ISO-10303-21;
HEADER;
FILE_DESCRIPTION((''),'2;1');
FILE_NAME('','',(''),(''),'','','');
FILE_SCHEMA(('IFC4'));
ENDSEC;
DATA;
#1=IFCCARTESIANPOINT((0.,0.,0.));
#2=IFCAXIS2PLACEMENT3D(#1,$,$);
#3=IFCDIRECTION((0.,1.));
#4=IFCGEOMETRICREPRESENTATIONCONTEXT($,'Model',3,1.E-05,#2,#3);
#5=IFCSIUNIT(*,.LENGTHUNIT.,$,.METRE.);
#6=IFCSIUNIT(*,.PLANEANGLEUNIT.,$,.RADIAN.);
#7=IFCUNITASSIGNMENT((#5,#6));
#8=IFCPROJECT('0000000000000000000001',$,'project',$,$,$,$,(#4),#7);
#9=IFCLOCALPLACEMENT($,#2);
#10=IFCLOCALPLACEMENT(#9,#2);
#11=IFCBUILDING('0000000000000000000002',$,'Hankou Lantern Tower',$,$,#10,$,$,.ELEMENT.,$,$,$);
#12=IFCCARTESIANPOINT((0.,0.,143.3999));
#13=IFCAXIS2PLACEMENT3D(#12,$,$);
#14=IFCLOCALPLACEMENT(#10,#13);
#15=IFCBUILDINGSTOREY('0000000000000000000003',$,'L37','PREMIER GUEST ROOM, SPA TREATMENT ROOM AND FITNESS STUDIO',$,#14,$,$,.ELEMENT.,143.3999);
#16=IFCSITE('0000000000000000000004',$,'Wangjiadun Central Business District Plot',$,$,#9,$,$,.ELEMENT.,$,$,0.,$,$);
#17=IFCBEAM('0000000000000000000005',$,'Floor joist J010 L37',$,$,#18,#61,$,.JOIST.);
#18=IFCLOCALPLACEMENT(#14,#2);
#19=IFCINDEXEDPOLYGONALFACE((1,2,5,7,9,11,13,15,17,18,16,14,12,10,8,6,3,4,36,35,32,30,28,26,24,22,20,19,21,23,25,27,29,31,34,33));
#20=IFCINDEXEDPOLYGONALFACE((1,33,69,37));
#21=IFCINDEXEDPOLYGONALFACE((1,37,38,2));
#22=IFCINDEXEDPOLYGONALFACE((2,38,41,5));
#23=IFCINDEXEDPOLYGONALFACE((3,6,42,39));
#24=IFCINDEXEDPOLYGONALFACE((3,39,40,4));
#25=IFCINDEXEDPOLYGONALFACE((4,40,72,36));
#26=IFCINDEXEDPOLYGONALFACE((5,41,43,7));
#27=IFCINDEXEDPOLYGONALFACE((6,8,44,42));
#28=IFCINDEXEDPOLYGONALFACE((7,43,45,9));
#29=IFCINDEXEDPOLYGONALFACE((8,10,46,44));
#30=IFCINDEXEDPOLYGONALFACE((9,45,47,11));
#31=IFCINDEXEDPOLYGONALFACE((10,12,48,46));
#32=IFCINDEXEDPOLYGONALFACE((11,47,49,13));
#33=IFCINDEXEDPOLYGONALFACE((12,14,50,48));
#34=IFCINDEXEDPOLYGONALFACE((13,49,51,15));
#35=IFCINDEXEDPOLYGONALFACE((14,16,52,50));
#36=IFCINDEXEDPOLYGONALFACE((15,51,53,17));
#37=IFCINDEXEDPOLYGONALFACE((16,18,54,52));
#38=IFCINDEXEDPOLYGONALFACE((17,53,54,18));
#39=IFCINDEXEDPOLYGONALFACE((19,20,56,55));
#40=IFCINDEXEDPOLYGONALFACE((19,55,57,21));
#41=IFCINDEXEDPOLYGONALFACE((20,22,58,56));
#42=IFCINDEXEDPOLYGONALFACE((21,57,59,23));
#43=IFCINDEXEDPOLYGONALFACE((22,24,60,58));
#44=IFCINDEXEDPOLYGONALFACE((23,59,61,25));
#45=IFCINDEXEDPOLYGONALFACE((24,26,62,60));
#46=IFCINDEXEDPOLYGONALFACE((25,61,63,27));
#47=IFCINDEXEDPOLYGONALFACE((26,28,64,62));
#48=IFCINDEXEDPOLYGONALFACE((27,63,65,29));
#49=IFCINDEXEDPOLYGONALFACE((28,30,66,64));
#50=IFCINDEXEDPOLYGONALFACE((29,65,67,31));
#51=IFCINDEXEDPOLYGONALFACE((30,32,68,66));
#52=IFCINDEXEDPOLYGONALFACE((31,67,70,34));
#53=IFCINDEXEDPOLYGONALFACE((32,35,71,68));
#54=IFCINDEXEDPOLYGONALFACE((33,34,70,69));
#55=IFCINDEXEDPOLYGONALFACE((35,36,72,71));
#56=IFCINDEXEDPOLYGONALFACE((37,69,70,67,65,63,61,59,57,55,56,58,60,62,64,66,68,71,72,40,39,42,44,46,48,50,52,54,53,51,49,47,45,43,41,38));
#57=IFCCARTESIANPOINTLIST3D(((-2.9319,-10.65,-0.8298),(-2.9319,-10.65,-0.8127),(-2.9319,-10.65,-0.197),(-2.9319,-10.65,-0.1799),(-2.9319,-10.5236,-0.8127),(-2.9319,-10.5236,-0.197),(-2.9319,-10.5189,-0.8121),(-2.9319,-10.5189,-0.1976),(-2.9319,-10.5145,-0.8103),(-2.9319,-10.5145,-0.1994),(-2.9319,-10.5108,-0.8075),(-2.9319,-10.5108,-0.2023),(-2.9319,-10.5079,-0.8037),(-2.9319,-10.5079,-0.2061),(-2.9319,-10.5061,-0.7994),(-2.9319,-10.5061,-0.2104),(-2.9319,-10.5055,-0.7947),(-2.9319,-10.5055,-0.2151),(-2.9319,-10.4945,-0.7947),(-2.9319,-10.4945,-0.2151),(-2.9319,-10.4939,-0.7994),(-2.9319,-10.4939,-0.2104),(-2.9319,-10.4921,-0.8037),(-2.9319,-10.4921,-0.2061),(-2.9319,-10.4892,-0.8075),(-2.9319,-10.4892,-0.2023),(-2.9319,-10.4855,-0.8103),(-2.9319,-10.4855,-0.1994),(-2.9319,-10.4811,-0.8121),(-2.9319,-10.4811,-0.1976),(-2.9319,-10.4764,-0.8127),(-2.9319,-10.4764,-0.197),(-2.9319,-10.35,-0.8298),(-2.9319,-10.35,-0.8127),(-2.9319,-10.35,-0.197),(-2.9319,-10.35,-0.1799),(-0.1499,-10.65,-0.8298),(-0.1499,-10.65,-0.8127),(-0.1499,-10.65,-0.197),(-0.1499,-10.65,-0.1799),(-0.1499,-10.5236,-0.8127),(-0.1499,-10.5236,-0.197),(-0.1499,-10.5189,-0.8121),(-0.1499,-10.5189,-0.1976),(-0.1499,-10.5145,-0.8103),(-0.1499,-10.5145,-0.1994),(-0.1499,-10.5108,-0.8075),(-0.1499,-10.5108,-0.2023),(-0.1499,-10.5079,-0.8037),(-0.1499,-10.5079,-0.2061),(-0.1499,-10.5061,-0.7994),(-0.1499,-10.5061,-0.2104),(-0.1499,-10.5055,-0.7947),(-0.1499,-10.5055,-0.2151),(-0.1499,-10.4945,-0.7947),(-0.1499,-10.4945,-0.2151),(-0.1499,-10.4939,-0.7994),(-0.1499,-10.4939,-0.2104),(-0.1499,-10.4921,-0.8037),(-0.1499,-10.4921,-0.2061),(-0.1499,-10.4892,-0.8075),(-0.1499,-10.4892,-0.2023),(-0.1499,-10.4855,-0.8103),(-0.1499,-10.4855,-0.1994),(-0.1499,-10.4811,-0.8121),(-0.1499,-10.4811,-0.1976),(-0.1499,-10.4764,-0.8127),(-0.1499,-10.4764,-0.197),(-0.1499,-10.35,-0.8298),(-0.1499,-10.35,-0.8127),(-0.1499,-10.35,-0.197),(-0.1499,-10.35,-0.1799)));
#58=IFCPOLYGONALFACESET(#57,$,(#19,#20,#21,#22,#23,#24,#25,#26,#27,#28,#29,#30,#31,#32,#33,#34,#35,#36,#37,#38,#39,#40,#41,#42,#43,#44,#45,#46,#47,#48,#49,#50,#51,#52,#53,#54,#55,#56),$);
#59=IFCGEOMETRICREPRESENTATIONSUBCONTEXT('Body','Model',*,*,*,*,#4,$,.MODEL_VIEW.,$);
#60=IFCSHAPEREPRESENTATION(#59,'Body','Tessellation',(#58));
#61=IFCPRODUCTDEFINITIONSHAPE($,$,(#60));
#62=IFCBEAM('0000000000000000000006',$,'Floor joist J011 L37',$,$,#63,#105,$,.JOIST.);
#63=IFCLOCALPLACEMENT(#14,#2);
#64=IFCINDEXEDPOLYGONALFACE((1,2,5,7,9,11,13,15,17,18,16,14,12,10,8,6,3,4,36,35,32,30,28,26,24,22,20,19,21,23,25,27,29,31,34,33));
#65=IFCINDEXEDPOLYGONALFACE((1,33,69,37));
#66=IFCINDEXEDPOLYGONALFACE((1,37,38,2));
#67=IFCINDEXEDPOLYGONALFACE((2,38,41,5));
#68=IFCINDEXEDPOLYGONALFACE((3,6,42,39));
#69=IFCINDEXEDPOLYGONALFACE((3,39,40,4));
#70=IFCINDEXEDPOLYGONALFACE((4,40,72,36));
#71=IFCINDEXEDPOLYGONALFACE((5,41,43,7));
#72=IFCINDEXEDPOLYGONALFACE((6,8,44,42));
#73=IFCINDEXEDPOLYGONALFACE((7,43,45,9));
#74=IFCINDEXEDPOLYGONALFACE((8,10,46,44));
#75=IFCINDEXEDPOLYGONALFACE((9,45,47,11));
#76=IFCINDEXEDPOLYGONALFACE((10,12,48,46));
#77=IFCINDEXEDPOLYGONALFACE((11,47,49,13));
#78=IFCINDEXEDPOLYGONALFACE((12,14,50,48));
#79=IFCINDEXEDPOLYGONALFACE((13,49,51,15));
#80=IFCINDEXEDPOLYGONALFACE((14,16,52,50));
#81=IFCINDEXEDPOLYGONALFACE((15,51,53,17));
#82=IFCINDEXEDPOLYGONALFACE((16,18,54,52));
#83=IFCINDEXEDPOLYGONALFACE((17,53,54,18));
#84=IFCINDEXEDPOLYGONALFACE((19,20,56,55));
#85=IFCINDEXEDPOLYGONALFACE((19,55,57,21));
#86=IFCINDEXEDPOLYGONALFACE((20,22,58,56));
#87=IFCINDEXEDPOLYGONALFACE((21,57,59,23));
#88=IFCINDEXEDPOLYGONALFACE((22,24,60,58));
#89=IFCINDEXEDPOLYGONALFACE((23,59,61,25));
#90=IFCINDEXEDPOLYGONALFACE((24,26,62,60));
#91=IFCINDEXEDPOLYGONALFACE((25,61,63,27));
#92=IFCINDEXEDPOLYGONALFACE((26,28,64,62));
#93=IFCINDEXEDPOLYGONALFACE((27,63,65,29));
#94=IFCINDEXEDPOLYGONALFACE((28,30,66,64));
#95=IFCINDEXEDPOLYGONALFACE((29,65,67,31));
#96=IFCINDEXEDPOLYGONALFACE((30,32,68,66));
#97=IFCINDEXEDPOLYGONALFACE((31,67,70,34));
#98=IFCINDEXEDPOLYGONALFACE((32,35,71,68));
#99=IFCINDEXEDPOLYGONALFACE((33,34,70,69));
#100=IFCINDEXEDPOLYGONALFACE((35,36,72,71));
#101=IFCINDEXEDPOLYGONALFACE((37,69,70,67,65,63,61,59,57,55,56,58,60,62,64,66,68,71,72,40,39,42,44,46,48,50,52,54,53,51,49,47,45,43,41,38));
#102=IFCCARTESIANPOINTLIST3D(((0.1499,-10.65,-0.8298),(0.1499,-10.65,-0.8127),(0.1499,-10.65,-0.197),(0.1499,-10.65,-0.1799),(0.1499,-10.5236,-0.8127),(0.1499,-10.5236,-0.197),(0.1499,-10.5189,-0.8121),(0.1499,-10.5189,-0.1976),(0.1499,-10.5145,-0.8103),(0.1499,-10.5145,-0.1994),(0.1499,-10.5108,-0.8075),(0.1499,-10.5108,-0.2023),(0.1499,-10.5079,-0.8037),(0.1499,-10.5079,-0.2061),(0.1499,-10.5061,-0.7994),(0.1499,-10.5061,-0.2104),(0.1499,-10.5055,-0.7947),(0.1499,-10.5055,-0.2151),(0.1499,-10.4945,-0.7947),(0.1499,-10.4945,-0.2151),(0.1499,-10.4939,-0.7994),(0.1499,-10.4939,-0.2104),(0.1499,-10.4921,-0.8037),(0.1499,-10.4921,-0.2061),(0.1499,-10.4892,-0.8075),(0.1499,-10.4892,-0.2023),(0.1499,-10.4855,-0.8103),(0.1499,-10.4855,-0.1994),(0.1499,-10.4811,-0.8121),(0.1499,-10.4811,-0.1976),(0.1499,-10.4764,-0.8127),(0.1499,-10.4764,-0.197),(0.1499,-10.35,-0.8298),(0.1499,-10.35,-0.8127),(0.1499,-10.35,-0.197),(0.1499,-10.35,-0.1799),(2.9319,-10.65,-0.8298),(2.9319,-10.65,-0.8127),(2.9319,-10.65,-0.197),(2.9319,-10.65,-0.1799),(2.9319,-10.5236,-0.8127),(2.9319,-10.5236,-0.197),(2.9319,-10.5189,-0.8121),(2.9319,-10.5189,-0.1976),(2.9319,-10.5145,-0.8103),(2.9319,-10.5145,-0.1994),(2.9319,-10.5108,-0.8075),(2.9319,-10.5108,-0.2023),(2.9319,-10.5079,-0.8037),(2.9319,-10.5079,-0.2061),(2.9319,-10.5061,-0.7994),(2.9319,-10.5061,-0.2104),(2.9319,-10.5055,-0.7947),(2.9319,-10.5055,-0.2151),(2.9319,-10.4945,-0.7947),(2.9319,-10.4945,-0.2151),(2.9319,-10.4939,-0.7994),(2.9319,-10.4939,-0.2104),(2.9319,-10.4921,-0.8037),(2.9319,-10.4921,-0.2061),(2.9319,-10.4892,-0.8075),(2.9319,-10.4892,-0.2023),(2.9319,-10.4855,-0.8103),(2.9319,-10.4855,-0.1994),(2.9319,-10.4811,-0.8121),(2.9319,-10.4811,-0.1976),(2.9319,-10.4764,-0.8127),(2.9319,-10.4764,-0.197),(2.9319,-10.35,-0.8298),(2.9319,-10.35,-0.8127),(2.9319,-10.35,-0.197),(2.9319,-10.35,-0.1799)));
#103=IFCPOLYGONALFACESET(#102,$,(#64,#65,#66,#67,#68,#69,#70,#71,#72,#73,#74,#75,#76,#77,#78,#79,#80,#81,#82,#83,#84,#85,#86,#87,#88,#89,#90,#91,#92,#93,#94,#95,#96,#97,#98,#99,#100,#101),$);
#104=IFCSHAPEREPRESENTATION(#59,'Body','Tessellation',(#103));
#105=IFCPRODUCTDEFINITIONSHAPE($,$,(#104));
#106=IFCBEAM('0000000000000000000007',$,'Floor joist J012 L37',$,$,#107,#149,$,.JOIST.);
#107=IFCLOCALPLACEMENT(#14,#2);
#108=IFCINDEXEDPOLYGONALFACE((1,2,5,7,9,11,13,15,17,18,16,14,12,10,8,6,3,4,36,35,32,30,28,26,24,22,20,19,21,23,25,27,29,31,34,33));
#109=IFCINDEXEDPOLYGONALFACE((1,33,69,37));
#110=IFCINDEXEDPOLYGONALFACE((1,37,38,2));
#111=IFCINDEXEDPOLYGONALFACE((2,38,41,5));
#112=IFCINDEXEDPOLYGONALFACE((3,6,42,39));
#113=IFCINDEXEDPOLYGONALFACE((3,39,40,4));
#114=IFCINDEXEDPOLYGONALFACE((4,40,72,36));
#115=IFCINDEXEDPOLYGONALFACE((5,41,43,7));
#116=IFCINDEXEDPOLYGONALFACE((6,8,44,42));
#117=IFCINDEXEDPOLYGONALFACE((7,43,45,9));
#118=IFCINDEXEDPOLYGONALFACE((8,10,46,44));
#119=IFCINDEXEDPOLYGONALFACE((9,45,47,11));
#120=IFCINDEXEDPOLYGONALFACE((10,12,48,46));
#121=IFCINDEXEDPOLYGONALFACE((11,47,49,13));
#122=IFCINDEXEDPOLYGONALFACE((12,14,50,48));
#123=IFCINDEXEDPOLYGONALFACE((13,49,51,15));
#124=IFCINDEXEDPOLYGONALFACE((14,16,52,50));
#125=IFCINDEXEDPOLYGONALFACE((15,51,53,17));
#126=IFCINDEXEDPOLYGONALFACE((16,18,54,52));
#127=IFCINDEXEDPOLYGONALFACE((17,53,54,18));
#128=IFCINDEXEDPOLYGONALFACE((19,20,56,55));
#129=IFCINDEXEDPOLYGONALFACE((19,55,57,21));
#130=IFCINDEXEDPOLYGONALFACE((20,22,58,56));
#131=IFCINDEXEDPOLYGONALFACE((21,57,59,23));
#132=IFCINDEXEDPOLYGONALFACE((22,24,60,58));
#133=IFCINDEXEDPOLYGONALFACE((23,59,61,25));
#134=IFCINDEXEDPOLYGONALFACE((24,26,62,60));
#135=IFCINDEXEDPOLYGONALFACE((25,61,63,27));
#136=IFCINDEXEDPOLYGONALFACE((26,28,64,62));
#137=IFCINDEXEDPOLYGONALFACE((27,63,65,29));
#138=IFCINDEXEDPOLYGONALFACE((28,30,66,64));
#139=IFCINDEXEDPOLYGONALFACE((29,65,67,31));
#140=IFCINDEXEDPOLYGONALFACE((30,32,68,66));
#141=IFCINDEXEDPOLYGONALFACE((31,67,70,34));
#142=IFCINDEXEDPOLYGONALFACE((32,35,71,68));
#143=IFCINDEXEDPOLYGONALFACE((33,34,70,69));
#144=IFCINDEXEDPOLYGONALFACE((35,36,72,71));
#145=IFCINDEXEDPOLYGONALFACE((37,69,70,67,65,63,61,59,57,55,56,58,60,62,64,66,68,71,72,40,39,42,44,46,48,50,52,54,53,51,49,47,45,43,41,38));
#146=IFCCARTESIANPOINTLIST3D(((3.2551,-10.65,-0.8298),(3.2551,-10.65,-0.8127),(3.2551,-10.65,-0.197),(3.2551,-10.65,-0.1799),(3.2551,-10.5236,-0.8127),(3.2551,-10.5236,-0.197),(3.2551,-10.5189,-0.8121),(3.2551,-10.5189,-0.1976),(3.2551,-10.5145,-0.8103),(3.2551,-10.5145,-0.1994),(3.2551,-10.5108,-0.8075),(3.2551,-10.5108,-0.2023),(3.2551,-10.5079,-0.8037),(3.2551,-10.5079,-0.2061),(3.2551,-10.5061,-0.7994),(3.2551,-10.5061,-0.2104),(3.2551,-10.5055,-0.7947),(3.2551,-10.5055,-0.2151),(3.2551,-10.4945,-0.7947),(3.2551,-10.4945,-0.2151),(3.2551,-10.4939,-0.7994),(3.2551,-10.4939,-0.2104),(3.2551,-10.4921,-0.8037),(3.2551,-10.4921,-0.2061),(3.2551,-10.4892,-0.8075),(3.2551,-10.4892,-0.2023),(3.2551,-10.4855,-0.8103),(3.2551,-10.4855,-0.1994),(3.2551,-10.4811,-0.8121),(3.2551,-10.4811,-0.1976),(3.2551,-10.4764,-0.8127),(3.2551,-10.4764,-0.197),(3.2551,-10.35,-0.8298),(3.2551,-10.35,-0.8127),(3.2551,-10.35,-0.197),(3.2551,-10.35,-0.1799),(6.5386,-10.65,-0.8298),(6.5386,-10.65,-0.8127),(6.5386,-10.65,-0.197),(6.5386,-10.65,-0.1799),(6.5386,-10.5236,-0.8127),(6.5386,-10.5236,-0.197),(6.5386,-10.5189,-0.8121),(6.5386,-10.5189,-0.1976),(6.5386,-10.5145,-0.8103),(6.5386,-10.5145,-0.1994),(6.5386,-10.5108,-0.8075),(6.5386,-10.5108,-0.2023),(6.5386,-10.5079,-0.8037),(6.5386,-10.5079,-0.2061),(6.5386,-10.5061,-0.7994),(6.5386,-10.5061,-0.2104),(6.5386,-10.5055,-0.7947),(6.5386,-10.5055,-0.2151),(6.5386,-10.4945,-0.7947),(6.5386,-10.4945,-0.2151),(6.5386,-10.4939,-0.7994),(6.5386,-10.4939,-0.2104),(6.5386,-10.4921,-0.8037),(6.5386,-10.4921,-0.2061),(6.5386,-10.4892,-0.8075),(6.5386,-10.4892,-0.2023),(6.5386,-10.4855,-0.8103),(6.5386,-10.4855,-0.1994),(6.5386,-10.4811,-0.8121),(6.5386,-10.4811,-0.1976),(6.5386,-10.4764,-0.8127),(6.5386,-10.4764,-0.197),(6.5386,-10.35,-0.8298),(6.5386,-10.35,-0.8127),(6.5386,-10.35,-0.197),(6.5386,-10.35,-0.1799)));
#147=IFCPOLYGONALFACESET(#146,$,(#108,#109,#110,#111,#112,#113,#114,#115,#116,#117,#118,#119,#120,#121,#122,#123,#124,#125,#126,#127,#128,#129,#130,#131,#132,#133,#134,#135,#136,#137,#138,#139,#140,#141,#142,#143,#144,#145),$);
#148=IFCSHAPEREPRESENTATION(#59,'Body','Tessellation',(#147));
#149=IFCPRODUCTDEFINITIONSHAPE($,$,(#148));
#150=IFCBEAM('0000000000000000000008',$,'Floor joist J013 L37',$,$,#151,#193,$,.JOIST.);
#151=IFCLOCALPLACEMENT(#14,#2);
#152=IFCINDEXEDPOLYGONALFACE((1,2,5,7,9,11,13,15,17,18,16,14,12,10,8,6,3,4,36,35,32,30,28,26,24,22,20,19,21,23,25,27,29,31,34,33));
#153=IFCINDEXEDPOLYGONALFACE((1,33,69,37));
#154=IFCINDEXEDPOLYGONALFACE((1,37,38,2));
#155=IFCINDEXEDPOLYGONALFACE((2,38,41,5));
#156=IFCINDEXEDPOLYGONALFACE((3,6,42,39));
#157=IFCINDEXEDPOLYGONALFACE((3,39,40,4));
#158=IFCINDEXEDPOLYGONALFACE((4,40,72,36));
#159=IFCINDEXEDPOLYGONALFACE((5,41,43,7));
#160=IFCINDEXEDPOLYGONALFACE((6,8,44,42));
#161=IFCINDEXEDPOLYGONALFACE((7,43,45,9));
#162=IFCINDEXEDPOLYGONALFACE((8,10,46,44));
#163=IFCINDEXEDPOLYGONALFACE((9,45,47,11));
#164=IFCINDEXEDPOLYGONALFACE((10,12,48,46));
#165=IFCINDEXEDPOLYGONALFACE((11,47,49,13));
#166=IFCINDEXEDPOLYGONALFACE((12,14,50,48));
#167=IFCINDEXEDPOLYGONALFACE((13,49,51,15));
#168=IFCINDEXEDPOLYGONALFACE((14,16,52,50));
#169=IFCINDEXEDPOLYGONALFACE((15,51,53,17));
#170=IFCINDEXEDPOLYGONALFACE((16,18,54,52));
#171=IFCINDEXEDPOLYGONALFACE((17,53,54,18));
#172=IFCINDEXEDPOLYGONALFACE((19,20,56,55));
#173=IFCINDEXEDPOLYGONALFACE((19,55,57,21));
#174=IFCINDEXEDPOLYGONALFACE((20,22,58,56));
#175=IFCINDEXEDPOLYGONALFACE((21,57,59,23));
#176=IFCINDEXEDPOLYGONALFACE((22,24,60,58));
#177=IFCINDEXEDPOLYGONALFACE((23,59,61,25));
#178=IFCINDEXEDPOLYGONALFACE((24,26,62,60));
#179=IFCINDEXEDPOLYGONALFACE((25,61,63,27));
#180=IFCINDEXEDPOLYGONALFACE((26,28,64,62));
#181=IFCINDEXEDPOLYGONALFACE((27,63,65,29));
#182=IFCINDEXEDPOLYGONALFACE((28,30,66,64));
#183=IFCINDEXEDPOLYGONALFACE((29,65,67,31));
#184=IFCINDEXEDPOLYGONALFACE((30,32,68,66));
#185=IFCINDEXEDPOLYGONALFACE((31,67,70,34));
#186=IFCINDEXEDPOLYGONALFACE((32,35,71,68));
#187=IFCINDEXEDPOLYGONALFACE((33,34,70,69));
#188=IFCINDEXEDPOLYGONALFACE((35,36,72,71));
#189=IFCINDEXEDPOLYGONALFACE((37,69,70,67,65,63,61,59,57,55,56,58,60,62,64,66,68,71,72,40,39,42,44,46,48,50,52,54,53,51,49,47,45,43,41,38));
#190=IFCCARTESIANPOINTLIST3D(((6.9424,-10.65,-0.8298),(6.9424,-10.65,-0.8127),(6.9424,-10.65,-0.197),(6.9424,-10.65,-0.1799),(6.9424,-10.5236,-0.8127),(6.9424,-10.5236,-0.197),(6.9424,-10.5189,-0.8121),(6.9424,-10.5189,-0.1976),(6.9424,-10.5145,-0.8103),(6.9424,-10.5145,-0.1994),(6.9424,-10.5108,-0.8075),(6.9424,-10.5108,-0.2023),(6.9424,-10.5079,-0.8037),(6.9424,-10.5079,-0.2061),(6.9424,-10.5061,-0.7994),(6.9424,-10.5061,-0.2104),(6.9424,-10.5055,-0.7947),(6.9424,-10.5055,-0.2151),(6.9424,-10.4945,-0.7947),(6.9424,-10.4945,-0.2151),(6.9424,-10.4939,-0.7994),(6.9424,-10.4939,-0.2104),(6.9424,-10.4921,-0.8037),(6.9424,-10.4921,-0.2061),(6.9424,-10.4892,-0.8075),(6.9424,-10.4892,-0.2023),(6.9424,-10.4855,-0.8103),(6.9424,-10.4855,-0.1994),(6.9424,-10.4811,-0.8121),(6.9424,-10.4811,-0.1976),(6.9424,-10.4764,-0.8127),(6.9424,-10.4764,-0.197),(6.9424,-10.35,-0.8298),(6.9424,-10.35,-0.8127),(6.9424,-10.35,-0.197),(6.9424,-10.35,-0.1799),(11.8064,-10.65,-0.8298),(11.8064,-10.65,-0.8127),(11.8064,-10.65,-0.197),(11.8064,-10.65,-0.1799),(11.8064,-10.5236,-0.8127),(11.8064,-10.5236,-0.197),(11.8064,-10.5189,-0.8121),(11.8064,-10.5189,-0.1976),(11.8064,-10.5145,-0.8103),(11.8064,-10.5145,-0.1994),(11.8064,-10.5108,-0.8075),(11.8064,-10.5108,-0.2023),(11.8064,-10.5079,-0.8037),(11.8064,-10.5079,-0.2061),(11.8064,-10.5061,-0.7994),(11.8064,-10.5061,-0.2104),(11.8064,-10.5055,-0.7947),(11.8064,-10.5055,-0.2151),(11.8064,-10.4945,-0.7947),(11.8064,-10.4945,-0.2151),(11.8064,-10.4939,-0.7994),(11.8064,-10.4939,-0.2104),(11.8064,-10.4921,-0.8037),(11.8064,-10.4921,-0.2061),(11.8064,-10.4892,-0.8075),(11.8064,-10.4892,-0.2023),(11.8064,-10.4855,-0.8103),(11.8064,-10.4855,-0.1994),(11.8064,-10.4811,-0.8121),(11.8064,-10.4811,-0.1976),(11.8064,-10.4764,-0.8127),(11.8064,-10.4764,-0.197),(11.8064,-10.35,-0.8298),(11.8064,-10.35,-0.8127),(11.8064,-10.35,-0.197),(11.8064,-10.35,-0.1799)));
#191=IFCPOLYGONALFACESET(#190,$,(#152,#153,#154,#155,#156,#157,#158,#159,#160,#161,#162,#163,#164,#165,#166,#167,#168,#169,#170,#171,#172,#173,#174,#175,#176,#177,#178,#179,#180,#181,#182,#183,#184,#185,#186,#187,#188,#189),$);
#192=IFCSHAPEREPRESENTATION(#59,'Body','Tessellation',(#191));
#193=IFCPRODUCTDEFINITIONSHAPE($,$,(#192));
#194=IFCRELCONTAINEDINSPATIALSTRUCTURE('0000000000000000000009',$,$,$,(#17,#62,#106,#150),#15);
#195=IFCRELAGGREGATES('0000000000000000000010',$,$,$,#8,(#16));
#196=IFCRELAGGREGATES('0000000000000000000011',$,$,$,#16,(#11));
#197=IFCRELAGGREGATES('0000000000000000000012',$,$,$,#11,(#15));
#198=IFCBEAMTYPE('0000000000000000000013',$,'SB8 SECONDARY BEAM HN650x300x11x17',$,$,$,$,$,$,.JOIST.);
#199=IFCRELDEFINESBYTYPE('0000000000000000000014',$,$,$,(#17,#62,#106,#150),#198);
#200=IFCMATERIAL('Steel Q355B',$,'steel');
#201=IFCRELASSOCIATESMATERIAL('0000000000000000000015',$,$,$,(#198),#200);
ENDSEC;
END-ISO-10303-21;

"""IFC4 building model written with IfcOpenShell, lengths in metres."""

from ifc_helpers import new_model, si_unit, direction, frame, origin, origin_2d, place, context, subcontext, project, spatial, i_section, extrude, material, material_profile, profile_set, type_object, element, save


model = new_model("IFC4")

# Units and contexts
model_context = context("Model", 3, precision=1e-05, world=origin(), true_north=direction((0.0, 1.0)))
body_context = subcontext(model_context, "Body", "Model", "MODEL_VIEW")
ifc_project = project(units=[si_unit("LENGTHUNIT", "METRE"), si_unit("PLANEANGLEUNIT", "RADIAN")], contexts=[model_context])

# Site, building, storey
site_placement = place(None, origin())
site = spatial("IfcSite", under=ifc_project, at=site_placement, Name="Wangjiadun Central Business District Plot", CompositionType="ELEMENT", RefElevation=0.0)
building_placement = place(site_placement, origin())
building = spatial("IfcBuilding", under=site, at=building_placement, Name="Hankou Lantern Tower", CompositionType="ELEMENT")
storey_placement = place(building_placement, frame((0.0, 0.0, 143.3999)))
storey = spatial("IfcBuildingStorey", under=building, at=storey_placement, Name="L37", Description="PREMIER GUEST ROOM, SPA TREATMENT ROOM AND FITNESS STUDIO", CompositionType="ELEMENT", Elevation=143.3999)

# Beams
ifc_material_1 = material(Name="Steel Q355B", Category="steel")
ifc_material_profile_1 = material_profile(ifc_material_1, i_section(OverallWidth=0.3, OverallDepth=0.6499, WebThickness=0.011, FlangeThickness=0.0171, FilletRadius=0.0181, at=origin_2d()), Name="HN650x300x11x17")
ifc_profile_set_1 = profile_set([ifc_material_profile_1], Name="Steel Q355B")
beam_type_1 = type_object("IfcBeamType", Name="SB8 SECONDARY BEAM HN650x300x11x17", PredefinedType="JOIST", material=ifc_profile_set_1)
for number, where, z_axis, x_axis, name in (
    (1, (-2.9319, -10.5, -0.5049), (1.0, 0.0, 0.0), (0.0, 1.0, 0.0), "Floor joist J010 L37"),
    (2, (0.1499, -10.5, -0.5049), (1.0, 0.0, 0.0), (0.0, 1.0, 0.0), "Floor joist J011 L37"),
):
    element("IfcBeam", number, at=place(storey_placement, frame(where, z_axis=z_axis, x_axis=x_axis)), inside=storey, type_object=beam_type_1, Name=name, PredefinedType="JOIST", context=body_context, shape_type="SweptSolid", body=[
        extrude(i_section(OverallWidth=0.3, OverallDepth=0.6499, WebThickness=0.011, FlangeThickness=0.0171, FilletRadius=0.0181, at=origin_2d()), origin(), (0.0, 0.0, 1.0), 2.782),
    ])
beam_1_placement = place(storey_placement, frame((3.2551, -10.5, -0.5049), z_axis=(1.0, 0.0, 0.0), x_axis=(0.0, 1.0, 0.0)))
element("IfcBeam", 3, at=beam_1_placement, inside=storey, type_object=beam_type_1, Name="Floor joist J012 L37", PredefinedType="JOIST", context=body_context, shape_type="SweptSolid", body=[
    extrude(i_section(OverallWidth=0.3, OverallDepth=0.6499, WebThickness=0.011, FlangeThickness=0.0171, FilletRadius=0.0181, at=origin_2d()), origin(), (0.0, 0.0, 1.0), 3.2834),
])
beam_2_placement = place(storey_placement, frame((6.9424, -10.5, -0.5049), z_axis=(1.0, 0.0, 0.0), x_axis=(0.0, 1.0, 0.0)))
element("IfcBeam", 4, at=beam_2_placement, inside=storey, type_object=beam_type_1, Name="Floor joist J013 L37", PredefinedType="JOIST", context=body_context, shape_type="SweptSolid", body=[
    extrude(i_section(OverallWidth=0.3, OverallDepth=0.6499, WebThickness=0.011, FlangeThickness=0.0171, FilletRadius=0.0181, at=origin_2d()), origin(), (0.0, 0.0, 1.0), 4.864),
])

save(model, "model.ifc")
